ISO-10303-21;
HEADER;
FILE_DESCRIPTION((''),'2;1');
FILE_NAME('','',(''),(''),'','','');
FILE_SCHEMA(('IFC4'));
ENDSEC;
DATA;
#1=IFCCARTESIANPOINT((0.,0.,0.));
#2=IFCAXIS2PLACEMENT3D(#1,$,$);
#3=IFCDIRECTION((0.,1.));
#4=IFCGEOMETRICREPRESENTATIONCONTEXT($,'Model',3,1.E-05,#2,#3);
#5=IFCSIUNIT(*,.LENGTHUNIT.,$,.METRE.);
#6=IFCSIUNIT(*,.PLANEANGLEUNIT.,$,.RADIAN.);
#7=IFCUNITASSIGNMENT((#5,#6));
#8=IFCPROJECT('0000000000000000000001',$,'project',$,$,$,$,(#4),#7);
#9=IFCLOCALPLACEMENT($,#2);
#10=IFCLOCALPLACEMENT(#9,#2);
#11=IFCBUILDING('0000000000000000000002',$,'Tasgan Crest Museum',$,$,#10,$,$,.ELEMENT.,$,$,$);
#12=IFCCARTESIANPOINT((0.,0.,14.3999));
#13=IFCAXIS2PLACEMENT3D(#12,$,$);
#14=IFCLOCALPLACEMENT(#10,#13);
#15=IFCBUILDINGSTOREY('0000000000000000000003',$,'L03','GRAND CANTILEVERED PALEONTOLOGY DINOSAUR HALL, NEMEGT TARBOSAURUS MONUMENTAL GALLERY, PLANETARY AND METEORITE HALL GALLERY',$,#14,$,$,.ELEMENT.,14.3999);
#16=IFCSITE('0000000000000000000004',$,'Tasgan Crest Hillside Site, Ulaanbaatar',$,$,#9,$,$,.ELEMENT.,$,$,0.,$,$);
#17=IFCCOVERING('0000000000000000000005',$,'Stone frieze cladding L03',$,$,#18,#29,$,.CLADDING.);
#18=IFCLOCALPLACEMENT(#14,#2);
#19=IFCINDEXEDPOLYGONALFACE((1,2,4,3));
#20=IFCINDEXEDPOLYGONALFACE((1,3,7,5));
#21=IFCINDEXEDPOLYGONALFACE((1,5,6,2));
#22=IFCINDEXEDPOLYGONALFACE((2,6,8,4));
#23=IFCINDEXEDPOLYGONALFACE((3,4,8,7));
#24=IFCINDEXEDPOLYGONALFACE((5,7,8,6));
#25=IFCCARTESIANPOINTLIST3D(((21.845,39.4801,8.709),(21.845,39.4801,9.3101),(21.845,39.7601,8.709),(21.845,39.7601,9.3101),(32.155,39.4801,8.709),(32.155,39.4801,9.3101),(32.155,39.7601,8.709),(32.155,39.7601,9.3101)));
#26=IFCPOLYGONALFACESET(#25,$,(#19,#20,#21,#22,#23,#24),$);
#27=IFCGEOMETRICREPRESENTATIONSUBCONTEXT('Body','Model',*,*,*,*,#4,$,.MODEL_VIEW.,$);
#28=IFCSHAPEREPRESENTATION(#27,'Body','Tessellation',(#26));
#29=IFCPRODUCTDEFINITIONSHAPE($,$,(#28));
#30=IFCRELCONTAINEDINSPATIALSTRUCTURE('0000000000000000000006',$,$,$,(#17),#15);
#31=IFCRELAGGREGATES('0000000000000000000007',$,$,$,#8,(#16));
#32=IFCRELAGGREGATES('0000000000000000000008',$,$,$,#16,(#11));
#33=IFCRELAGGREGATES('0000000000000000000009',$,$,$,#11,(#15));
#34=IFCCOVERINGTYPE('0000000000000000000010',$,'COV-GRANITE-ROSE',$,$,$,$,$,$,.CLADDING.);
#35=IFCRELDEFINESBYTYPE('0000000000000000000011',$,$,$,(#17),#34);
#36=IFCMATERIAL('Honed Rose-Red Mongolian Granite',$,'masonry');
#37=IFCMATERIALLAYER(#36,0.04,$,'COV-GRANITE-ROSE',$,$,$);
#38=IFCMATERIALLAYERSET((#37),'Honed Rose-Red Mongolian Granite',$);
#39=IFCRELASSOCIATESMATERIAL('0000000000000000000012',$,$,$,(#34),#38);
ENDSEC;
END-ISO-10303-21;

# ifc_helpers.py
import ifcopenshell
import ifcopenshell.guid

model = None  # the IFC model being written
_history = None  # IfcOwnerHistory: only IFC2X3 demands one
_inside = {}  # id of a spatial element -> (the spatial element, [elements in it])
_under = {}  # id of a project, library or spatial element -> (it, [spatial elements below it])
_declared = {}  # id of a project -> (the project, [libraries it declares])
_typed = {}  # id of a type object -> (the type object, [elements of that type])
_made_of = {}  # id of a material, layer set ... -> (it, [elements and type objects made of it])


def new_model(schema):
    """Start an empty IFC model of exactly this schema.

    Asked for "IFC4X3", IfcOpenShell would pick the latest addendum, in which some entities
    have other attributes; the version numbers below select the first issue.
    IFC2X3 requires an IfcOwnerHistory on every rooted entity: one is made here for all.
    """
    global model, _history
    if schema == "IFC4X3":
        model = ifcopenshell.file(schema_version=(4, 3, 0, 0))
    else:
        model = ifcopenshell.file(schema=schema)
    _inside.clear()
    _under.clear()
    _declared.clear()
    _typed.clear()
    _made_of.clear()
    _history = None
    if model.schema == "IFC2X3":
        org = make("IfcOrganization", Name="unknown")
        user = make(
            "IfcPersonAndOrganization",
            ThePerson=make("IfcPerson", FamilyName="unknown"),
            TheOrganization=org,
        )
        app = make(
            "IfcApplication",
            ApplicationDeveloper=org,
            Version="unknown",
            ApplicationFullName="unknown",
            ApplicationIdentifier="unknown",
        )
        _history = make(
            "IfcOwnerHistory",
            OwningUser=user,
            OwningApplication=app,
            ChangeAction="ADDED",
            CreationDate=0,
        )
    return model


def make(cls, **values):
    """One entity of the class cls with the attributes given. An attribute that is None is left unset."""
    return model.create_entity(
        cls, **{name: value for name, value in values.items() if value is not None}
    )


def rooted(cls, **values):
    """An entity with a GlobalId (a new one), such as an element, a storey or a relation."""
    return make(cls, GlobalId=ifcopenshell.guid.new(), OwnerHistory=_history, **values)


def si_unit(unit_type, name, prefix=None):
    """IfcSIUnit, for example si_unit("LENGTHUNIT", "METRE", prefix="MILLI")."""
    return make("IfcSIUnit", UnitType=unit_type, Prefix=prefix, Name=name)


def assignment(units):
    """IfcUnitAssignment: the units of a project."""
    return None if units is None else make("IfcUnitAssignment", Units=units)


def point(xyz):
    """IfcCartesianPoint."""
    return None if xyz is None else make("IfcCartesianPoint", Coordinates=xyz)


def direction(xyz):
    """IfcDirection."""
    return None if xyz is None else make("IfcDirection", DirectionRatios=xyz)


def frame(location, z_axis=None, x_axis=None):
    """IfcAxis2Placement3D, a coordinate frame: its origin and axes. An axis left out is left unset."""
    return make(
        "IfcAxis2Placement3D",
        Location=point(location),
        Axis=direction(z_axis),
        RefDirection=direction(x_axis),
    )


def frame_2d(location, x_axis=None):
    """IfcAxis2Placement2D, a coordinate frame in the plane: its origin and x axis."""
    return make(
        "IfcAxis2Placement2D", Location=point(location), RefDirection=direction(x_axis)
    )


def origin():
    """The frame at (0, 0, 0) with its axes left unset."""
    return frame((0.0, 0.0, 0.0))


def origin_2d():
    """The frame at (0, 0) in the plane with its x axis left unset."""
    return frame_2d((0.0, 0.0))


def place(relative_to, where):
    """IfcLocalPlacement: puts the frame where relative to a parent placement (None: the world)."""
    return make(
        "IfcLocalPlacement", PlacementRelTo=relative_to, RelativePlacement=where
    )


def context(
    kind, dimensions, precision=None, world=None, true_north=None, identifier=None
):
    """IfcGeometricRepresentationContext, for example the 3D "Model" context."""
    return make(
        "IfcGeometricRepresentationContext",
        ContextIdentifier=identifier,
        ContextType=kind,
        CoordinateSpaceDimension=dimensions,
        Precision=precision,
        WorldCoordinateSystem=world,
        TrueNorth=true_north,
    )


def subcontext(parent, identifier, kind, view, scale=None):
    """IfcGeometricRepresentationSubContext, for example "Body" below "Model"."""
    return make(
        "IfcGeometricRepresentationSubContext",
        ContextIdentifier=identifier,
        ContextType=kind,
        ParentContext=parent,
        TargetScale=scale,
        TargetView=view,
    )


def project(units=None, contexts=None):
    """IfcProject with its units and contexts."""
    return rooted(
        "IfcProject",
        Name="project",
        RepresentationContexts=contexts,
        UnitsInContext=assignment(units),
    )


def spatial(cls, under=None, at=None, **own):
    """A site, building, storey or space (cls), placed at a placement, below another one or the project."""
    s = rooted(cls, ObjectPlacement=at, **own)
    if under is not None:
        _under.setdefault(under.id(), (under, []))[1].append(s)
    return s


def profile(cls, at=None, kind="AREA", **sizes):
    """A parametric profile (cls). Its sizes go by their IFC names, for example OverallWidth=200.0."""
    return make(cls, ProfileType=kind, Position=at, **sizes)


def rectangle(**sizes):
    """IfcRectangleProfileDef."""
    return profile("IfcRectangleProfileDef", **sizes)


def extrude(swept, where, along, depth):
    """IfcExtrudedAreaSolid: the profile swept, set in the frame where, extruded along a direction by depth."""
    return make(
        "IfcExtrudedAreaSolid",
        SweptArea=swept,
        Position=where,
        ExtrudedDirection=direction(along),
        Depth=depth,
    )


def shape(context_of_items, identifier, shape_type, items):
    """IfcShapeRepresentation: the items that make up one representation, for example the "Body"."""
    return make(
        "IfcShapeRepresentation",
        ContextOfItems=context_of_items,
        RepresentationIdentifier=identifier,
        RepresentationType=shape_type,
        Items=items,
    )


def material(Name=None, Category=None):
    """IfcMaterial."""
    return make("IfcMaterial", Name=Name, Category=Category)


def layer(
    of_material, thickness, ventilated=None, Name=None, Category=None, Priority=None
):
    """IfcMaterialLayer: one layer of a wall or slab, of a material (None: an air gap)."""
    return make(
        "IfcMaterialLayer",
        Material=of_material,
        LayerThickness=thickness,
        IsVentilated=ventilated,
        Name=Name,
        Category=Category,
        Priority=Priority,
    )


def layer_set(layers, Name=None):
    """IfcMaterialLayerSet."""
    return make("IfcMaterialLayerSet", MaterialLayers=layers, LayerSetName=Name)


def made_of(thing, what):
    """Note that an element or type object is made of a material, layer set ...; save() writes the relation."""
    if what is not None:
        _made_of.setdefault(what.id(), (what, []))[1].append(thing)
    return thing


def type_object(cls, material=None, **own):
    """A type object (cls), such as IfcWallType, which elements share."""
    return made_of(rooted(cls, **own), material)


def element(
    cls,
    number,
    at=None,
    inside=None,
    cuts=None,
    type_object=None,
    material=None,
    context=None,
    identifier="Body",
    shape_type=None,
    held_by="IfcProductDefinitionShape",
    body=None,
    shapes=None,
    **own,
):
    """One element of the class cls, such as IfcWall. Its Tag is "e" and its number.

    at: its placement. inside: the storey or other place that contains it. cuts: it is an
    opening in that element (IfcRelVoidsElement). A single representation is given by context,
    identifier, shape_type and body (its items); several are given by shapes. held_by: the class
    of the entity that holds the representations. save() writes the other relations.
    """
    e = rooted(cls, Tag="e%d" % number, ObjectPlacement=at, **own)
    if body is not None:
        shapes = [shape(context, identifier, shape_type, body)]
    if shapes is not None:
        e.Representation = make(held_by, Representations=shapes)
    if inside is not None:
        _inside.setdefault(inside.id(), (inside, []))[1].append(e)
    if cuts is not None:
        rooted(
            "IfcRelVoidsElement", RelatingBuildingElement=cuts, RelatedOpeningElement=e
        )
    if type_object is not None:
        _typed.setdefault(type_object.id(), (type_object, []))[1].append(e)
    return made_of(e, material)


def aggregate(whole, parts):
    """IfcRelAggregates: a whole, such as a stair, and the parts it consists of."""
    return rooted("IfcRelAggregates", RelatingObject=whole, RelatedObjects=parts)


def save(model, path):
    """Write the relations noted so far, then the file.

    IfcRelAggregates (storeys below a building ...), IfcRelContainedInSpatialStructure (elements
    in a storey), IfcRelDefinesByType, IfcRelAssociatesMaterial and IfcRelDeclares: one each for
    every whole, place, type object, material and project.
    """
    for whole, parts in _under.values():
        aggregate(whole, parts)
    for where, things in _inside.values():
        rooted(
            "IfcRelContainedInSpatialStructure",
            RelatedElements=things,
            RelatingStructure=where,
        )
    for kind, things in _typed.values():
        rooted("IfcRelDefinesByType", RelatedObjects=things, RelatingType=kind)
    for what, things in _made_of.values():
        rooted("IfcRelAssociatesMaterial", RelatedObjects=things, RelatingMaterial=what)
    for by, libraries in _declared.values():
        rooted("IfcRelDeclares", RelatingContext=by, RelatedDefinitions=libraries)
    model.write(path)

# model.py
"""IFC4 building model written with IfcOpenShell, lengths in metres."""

from ifc_helpers import new_model, si_unit, direction, frame, origin, origin_2d, place, context, subcontext, project, spatial, rectangle, extrude, material, layer, layer_set, type_object, element, save


model = new_model("IFC4")

# Units and contexts
model_context = context("Model", 3, precision=1e-05, world=origin(), true_north=direction((0.0, 1.0)))
body_context = subcontext(model_context, "Body", "Model", "MODEL_VIEW")
ifc_project = project(units=[si_unit("LENGTHUNIT", "METRE"), si_unit("PLANEANGLEUNIT", "RADIAN")], contexts=[model_context])

# Site, building, storey
site_placement = place(None, origin())
site = spatial("IfcSite", under=ifc_project, at=site_placement, Name="Tasgan Crest Hillside Site, Ulaanbaatar", CompositionType="ELEMENT", RefElevation=0.0)
building_placement = place(site_placement, origin())
building = spatial("IfcBuilding", under=site, at=building_placement, Name="Tasgan Crest Museum", CompositionType="ELEMENT")
storey_placement = place(building_placement, frame((0.0, 0.0, 14.3999)))
storey = spatial("IfcBuildingStorey", under=building, at=storey_placement, Name="L03", Description="GRAND CANTILEVERED PALEONTOLOGY DINOSAUR HALL, NEMEGT TARBOSAURUS MONUMENTAL GALLERY, PLANETARY AND METEORITE HALL GALLERY", CompositionType="ELEMENT", Elevation=14.3999)

# Covering
ifc_material_1 = material(Name="Honed Rose-Red Mongolian Granite", Category="masonry")
ifc_layer_1 = layer(ifc_material_1, 0.04, Name="COV-GRANITE-ROSE")
ifc_layer_set_1 = layer_set([ifc_layer_1], Name="Honed Rose-Red Mongolian Granite")
covering_type = type_object("IfcCoveringType", Name="COV-GRANITE-ROSE", PredefinedType="CLADDING", material=ifc_layer_set_1)
covering_placement = place(storey_placement, frame((27.0, 39.6201, 8.709), z_axis=(0.0, 0.0, 1.0), x_axis=(1.0, 0.0, 0.0)))
element("IfcCovering", 1, at=covering_placement, inside=storey, type_object=covering_type, Name="Stone frieze cladding L03", PredefinedType="CLADDING", context=body_context, shape_type="SweptSolid", body=[
    extrude(rectangle(XDim=10.3101, YDim=0.28, at=origin_2d()), origin(), (0.0, 0.0, 1.0), 0.6011),
])

save(model, "model.ifc")
